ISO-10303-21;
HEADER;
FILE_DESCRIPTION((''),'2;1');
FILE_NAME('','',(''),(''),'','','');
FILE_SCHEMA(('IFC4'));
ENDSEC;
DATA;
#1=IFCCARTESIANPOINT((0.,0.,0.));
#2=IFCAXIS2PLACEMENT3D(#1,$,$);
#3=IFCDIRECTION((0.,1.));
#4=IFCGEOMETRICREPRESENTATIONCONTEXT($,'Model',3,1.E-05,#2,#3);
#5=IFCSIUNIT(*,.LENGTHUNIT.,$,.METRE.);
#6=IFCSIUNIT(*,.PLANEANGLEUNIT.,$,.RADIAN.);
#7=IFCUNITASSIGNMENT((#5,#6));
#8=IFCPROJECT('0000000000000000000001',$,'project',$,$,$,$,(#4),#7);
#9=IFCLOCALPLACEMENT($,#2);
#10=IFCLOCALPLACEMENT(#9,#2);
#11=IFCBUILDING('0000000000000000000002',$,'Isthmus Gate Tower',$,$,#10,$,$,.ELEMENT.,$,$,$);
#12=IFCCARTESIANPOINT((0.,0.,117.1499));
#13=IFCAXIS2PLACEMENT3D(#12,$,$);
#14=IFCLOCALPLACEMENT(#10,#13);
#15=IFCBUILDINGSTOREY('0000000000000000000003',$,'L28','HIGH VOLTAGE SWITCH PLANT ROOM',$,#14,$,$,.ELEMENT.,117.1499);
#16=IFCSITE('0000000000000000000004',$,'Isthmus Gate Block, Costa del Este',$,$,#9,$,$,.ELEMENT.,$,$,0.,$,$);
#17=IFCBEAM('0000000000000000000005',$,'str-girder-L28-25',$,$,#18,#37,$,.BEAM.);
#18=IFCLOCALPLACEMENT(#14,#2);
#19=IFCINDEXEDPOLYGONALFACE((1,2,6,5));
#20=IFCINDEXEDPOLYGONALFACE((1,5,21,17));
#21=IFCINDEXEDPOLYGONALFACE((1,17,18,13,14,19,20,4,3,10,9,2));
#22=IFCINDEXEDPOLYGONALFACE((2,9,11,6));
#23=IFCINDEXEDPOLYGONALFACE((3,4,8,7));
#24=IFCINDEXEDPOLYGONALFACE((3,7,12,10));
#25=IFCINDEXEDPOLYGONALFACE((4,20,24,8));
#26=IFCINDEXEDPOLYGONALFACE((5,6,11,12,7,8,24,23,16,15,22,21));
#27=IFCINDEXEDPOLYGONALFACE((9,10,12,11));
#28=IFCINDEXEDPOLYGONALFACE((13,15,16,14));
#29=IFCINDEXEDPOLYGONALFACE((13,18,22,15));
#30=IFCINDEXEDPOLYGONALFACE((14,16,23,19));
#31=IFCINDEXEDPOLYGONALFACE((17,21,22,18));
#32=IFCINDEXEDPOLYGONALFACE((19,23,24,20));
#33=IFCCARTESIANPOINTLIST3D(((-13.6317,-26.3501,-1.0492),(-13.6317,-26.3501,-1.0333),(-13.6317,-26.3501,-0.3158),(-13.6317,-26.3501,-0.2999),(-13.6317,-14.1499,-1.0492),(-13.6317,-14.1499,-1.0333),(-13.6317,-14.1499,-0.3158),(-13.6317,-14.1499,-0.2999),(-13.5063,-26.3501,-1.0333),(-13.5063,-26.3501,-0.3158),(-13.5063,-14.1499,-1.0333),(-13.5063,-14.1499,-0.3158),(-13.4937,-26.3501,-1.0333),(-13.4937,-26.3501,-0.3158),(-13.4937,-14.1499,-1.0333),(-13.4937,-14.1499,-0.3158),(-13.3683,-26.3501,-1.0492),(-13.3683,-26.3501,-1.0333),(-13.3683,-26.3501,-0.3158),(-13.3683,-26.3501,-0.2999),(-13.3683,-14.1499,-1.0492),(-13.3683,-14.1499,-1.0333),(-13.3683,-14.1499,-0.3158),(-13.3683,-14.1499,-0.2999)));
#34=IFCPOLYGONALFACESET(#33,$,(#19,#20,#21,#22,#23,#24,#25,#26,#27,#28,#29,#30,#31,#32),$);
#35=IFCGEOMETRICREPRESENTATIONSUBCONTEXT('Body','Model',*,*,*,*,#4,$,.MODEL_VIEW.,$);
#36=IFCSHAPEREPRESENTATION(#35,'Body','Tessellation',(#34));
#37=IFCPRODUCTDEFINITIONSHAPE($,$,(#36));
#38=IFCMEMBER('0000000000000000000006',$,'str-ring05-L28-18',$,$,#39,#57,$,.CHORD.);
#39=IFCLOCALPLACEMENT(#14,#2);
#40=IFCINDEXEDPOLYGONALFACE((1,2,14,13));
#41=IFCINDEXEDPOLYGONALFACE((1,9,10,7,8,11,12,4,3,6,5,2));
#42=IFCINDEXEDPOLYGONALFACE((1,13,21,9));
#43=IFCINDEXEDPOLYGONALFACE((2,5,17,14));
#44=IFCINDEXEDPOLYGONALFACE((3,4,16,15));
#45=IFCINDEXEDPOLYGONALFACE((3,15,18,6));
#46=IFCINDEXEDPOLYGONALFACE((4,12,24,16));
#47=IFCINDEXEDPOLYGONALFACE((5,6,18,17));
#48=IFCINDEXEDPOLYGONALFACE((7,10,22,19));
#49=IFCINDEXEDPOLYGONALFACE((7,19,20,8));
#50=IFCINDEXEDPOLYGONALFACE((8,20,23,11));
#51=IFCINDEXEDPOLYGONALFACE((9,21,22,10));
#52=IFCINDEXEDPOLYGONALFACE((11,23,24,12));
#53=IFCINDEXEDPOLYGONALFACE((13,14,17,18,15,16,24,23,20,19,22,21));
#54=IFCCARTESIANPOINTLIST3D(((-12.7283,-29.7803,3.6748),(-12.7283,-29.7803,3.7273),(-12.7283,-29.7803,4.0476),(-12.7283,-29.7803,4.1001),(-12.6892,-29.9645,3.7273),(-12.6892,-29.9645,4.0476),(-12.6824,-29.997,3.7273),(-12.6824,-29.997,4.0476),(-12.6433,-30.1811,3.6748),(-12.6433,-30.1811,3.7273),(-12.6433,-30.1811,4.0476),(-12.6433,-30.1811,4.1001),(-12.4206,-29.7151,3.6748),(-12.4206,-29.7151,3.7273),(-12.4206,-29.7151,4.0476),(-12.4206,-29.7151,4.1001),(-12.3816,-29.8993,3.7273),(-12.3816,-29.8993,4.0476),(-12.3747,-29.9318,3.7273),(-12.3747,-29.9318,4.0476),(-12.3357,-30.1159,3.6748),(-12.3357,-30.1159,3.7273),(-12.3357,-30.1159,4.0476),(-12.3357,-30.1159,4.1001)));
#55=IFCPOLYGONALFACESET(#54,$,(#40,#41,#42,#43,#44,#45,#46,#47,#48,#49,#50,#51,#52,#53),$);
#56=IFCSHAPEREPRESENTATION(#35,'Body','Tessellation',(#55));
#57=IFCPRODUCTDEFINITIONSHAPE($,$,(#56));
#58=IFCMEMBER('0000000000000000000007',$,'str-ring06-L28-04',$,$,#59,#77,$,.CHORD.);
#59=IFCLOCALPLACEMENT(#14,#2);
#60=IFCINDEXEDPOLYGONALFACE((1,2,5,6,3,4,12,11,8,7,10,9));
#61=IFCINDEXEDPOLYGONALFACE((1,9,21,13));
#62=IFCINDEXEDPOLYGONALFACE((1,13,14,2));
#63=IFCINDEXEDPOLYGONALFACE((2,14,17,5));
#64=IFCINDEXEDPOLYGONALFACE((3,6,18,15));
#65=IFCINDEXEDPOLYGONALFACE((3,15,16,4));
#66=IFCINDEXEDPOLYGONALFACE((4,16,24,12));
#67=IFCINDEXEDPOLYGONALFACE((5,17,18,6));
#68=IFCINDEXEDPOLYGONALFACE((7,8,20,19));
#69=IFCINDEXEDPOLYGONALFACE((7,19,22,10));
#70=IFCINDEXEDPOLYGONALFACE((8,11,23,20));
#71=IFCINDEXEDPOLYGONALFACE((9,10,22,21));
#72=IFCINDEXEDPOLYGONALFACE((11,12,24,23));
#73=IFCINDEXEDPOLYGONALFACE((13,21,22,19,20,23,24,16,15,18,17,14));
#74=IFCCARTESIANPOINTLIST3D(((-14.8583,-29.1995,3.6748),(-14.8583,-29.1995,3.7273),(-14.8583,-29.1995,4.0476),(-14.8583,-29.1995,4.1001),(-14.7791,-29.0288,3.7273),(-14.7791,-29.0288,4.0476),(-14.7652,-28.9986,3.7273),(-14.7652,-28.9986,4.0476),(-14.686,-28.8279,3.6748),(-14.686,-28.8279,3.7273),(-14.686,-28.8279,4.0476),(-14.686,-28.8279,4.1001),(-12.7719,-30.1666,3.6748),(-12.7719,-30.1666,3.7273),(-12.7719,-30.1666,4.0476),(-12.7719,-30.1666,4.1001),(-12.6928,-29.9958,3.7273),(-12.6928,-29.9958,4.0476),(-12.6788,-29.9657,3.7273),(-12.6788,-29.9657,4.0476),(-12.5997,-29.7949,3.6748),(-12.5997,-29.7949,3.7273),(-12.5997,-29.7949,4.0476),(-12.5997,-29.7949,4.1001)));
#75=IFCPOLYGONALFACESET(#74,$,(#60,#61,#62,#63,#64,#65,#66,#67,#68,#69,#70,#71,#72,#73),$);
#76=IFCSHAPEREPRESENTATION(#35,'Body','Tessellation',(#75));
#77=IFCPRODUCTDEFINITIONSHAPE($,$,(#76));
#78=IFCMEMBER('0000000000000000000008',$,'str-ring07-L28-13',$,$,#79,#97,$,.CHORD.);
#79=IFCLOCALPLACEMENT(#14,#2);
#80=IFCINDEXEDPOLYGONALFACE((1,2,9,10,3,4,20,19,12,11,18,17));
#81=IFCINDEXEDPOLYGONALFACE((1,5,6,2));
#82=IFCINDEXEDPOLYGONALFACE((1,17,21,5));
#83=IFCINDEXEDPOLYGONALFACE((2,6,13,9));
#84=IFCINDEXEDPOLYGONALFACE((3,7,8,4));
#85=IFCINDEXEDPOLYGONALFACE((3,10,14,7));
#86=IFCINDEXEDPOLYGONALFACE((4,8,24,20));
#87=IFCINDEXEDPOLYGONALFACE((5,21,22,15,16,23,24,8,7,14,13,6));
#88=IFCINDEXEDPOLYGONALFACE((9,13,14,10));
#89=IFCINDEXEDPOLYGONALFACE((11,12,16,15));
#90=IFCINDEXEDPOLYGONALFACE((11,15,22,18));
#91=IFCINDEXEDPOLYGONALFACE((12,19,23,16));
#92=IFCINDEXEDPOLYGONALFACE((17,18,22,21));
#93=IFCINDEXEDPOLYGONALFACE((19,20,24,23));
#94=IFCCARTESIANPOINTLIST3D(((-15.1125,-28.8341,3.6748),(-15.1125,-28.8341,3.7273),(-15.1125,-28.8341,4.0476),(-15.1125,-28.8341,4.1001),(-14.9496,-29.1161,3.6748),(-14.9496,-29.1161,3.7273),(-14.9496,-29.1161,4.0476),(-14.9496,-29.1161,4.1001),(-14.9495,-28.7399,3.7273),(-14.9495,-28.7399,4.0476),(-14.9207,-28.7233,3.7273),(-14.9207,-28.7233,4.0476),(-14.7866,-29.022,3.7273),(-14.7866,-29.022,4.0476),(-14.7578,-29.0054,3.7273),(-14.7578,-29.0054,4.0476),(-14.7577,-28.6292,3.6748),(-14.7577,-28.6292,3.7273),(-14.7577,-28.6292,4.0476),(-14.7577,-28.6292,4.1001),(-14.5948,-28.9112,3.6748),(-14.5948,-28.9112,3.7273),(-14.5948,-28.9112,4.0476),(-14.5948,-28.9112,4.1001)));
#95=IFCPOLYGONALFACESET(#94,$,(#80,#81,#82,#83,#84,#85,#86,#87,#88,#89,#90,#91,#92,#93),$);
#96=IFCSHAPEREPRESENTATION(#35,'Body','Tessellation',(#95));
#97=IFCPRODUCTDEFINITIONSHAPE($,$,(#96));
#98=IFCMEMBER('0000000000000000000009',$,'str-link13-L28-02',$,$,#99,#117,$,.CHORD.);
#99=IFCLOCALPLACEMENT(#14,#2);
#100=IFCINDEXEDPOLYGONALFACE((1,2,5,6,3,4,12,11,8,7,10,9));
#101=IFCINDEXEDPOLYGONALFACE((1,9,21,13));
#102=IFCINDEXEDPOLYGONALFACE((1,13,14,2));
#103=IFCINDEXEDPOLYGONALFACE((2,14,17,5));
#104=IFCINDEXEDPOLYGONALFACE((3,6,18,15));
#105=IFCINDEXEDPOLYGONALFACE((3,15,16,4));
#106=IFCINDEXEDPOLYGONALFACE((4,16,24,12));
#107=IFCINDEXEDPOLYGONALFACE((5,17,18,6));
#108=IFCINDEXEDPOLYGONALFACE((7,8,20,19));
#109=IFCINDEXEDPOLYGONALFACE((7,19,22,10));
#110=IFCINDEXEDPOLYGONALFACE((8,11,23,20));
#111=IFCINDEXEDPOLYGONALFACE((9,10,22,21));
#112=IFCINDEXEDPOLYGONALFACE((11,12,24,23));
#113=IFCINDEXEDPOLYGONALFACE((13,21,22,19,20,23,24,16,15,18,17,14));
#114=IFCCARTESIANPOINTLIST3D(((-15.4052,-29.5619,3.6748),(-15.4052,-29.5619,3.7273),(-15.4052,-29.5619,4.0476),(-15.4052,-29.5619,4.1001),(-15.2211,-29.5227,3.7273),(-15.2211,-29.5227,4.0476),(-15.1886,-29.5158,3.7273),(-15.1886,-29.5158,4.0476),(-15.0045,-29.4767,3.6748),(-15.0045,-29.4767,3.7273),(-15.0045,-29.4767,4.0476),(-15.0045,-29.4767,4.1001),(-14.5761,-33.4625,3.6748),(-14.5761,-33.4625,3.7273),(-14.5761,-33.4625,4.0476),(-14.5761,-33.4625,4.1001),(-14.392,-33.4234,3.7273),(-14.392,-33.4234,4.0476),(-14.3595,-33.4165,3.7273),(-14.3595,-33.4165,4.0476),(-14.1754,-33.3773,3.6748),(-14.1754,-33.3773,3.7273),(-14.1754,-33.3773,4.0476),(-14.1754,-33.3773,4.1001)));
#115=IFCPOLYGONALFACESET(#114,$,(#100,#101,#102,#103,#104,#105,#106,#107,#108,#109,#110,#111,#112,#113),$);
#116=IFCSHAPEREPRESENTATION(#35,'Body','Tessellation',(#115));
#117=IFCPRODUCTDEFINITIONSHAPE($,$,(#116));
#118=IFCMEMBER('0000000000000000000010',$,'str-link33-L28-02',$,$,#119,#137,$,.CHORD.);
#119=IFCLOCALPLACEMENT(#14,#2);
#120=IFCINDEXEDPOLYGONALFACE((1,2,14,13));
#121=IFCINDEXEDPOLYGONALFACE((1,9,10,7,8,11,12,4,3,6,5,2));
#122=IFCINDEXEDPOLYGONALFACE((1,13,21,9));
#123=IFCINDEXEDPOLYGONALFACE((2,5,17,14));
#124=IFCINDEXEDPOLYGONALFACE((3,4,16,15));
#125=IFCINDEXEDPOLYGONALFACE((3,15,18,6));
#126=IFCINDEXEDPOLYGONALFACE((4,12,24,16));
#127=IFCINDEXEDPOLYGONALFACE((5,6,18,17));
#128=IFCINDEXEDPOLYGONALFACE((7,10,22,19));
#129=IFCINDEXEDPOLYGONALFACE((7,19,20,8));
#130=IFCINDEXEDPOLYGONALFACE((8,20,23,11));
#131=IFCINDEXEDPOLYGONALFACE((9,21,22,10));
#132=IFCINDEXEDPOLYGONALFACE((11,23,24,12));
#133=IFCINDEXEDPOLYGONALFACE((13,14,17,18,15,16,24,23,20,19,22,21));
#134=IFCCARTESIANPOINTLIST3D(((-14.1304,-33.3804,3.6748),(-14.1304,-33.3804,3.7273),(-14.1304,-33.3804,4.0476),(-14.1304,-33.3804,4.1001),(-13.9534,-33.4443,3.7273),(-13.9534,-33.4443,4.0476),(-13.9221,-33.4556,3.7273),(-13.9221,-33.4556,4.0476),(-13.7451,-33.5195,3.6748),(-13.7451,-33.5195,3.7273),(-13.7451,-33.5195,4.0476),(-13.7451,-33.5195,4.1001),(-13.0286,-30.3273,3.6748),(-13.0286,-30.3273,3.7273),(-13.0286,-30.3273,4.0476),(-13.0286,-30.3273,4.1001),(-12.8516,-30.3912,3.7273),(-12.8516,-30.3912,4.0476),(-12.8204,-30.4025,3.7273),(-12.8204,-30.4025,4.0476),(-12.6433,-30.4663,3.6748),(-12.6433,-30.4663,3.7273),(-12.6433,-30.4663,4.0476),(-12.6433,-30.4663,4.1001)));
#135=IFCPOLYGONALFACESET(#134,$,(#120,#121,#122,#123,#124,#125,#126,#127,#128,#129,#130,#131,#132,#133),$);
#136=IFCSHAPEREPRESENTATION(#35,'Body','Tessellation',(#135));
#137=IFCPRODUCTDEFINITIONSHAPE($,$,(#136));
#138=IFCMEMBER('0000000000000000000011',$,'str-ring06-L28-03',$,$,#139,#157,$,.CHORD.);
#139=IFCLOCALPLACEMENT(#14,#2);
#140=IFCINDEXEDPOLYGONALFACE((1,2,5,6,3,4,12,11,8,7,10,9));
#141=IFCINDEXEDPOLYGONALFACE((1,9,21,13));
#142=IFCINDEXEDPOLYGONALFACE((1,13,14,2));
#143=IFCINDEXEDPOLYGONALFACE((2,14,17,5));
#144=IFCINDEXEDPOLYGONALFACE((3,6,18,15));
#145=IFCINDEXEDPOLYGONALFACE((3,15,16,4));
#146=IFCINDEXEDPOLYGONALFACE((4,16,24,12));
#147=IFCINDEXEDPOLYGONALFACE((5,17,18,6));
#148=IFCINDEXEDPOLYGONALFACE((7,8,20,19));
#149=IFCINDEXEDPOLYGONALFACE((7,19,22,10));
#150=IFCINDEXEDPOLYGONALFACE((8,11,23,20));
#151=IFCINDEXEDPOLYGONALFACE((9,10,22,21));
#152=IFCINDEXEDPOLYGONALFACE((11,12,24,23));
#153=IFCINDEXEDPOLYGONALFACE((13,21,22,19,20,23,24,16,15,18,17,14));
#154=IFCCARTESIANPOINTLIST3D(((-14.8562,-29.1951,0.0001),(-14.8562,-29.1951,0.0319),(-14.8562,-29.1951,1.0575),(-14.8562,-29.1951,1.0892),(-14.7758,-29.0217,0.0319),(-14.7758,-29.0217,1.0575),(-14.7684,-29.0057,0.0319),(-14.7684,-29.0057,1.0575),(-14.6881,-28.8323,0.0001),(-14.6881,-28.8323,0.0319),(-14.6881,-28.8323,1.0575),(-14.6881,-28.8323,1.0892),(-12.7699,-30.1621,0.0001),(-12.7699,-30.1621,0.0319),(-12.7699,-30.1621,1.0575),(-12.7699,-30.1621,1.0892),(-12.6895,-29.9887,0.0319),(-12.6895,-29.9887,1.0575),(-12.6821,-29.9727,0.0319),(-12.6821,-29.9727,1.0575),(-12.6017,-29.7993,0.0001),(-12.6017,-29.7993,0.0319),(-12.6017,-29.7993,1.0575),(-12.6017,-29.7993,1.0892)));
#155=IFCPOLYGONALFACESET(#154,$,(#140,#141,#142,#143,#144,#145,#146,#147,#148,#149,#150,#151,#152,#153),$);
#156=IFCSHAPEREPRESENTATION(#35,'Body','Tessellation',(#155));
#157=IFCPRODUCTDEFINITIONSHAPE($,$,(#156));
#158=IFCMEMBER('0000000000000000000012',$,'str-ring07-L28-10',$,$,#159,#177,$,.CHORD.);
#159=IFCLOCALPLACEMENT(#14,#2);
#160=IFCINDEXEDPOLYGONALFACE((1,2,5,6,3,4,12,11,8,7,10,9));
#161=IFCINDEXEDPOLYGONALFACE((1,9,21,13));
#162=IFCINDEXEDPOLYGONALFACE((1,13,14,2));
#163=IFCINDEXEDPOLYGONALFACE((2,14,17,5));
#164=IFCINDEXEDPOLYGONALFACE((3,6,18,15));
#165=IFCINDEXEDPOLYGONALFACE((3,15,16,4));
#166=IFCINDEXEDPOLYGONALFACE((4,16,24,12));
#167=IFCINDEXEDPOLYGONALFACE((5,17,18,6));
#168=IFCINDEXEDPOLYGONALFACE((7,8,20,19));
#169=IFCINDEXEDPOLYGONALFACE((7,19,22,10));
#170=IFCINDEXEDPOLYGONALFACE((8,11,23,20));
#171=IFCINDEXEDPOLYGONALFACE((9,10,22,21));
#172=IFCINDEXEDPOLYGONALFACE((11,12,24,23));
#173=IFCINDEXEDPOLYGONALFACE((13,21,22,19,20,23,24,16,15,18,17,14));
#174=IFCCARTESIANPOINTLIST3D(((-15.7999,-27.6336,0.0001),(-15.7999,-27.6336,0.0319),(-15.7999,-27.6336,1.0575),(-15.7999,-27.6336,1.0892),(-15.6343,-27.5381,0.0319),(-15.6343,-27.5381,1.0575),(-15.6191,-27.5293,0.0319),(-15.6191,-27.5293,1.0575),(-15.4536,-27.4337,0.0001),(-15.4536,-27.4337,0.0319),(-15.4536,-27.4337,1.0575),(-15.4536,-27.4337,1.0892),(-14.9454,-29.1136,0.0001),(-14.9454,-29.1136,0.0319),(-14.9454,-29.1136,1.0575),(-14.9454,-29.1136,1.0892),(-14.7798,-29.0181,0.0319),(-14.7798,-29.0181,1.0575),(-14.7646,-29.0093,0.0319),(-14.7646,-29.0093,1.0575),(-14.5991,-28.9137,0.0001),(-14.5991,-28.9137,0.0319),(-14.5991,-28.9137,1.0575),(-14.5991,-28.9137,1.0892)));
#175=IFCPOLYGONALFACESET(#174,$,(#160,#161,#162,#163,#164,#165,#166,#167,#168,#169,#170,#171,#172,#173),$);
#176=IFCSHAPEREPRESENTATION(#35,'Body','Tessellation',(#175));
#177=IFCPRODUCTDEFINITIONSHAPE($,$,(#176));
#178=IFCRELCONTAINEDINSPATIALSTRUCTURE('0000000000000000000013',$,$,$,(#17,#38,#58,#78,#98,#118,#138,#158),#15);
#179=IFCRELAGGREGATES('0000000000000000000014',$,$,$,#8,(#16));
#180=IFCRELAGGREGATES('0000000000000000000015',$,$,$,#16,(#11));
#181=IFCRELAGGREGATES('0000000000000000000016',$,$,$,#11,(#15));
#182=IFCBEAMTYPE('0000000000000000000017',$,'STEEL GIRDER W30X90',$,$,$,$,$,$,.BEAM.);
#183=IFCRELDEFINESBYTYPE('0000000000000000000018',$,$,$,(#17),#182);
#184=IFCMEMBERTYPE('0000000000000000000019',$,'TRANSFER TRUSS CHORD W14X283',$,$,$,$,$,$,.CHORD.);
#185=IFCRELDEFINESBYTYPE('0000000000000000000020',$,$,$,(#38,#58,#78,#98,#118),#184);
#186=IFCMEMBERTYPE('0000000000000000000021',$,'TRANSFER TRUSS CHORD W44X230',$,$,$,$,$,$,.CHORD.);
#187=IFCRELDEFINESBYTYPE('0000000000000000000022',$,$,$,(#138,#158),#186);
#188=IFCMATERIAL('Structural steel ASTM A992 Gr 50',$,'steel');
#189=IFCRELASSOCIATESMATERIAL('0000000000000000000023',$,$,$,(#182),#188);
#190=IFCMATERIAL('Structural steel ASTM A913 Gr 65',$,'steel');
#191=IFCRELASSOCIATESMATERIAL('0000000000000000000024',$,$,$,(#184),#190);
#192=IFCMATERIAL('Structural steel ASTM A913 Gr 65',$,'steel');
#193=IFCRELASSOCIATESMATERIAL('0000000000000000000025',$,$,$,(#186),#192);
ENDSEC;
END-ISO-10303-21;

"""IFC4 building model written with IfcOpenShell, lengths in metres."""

from ifc_helpers import new_model, si_unit, direction, frame, origin, origin_2d, place, context, subcontext, project, spatial, i_section, extrude, material, material_profile, profile_set, type_object, element, save


model = new_model("IFC4")

# Units and contexts
model_context = context("Model", 3, precision=1e-05, world=origin(), true_north=direction((0.0, 1.0)))
body_context = subcontext(model_context, "Body", "Model", "MODEL_VIEW")
ifc_project = project(units=[si_unit("LENGTHUNIT", "METRE"), si_unit("PLANEANGLEUNIT", "RADIAN")], contexts=[model_context])

# Site, building, storey
site_placement = place(None, origin())
site = spatial("IfcSite", under=ifc_project, at=site_placement, Name="Isthmus Gate Block, Costa del Este", CompositionType="ELEMENT", RefElevation=0.0)
building_placement = place(site_placement, origin())
building = spatial("IfcBuilding", under=site, at=building_placement, Name="Isthmus Gate Tower", CompositionType="ELEMENT")
storey_placement = place(building_placement, frame((0.0, 0.0, 117.1499)))
storey = spatial("IfcBuildingStorey", under=building, at=storey_placement, Name="L28", Description="HIGH VOLTAGE SWITCH PLANT ROOM", CompositionType="ELEMENT", Elevation=117.1499)

# Beam
ifc_material_1 = material(Name="Structural steel ASTM A992 Gr 50", Category="steel")
ifc_material_profile_1 = material_profile(ifc_material_1, i_section(OverallWidth=0.2634, OverallDepth=0.7493, WebThickness=0.0127, FlangeThickness=0.0159, at=origin_2d()), Name="W30X90")
ifc_profile_set_1 = profile_set([ifc_material_profile_1], Name="Structural steel ASTM A992 Gr 50")
beam_type_1 = type_object("IfcBeamType", Name="STEEL GIRDER W30X90", PredefinedType="BEAM", material=ifc_profile_set_1)
beam_1_placement = place(storey_placement, frame((-13.5, -26.3501, -0.6746), z_axis=(0.0, 1.0, 0.0), x_axis=(-1.0, 0.0, 0.0)))
element("IfcBeam", 1, at=beam_1_placement, inside=storey, type_object=beam_type_1, Name="str-girder-L28-25", PredefinedType="BEAM", context=body_context, shape_type="SweptSolid", body=[
    extrude(i_section(OverallWidth=0.2634, OverallDepth=0.7493, WebThickness=0.0127, FlangeThickness=0.0159, at=origin_2d()), origin(), (0.0, 0.0, 1.0), 12.2002),
])

# Members
ifc_material_2 = material(Name="Structural steel ASTM A913 Gr 65", Category="steel")
ifc_material_profile_2 = material_profile(ifc_material_2, i_section(OverallWidth=0.4097, OverallDepth=0.4253, WebThickness=0.0332, FlangeThickness=0.0525, at=origin_2d()), Name="W14X283")
ifc_profile_set_2 = profile_set([ifc_material_profile_2], Name="Structural steel ASTM A913 Gr 65")
member_type_1 = type_object("IfcMemberType", Name="TRANSFER TRUSS CHORD W14X283", PredefinedType="CHORD", material=ifc_profile_set_2)
member_1_placement = place(storey_placement, frame((-12.3782, -29.9155, 3.8875), z_axis=(-0.978277, -0.207302, 0.0), x_axis=(0.207302, -0.978277, 0.0)))
element("IfcMember", 2, at=member_1_placement, inside=storey, type_object=member_type_1, Name="str-ring05-L28-18", PredefinedType="CHORD", context=body_context, shape_type="SweptSolid", body=[
    extrude(i_section(OverallWidth=0.4097, OverallDepth=0.4253, WebThickness=0.0332, FlangeThickness=0.0525, at=origin_2d()), origin(), (0.0, 0.0, 1.0), 0.3145),
])
member_2_placement = place(storey_placement, frame((-12.6858, -29.9807, 3.8875), z_axis=(-0.907284, 0.420519, 0.0), x_axis=(-0.420519, -0.907284, 0.0)))
element("IfcMember", 3, at=member_2_placement, inside=storey, type_object=member_type_1, Name="str-ring06-L28-04", PredefinedType="CHORD", context=body_context, shape_type="SweptSolid", body=[
    extrude(i_section(OverallWidth=0.4097, OverallDepth=0.4253, WebThickness=0.0332, FlangeThickness=0.0525, at=origin_2d()), origin(), (0.0, 0.0, 1.0), 2.2996),
])
member_3_placement = place(storey_placement, frame((-14.7722, -29.0137, 3.8875), z_axis=(-0.50009, 0.865973, 0.0), x_axis=(-0.865973, -0.50009, 0.0)))
element("IfcMember", 4, at=member_3_placement, inside=storey, type_object=member_type_1, Name="str-ring07-L28-13", PredefinedType="CHORD", context=body_context, shape_type="SweptSolid", body=[
    extrude(i_section(OverallWidth=0.4097, OverallDepth=0.4253, WebThickness=0.0332, FlangeThickness=0.0525, at=origin_2d()), origin(), (0.0, 0.0, 1.0), 0.3257),
])
member_4_placement = place(storey_placement, frame((-14.3757, -33.4199, 3.8875), z_axis=(-0.207911, 0.978148, 0.0), x_axis=(-0.978148, -0.207911, 0.0)))
element("IfcMember", 5, at=member_4_placement, inside=storey, type_object=member_type_1, Name="str-link13-L28-02", PredefinedType="CHORD", context=body_context, shape_type="SweptSolid", body=[
    extrude(i_section(OverallWidth=0.4097, OverallDepth=0.4253, WebThickness=0.0332, FlangeThickness=0.0525, at=origin_2d()), origin(), (0.0, 0.0, 1.0), 3.9878),
])
member_5_placement = place(storey_placement, frame((-13.9377, -33.45, 3.8875), z_axis=(0.339441, 0.940627, 0.0), x_axis=(-0.940627, 0.339441, 0.0)))
element("IfcMember", 6, at=member_5_placement, inside=storey, type_object=member_type_1, Name="str-link33-L28-02", PredefinedType="CHORD", context=body_context, shape_type="SweptSolid", body=[
    extrude(i_section(OverallWidth=0.4097, OverallDepth=0.4253, WebThickness=0.0332, FlangeThickness=0.0525, at=origin_2d()), origin(), (0.0, 0.0, 1.0), 3.2458),
])
ifc_material_3 = material(Name="Structural steel ASTM A913 Gr 65", Category="steel")
ifc_material_profile_3 = material_profile(ifc_material_3, i_section(OverallWidth=0.3999, OverallDepth=1.0891, WebThickness=0.0176, FlangeThickness=0.0317, at=origin_2d()), Name="W44X230")
ifc_profile_set_3 = profile_set([ifc_material_profile_3], Name="Structural steel ASTM A913 Gr 65")
member_type_2 = type_object("IfcMemberType", Name="TRANSFER TRUSS CHORD W44X230", PredefinedType="CHORD", material=ifc_profile_set_3)
member_6_placement = place(storey_placement, frame((-12.6858, -29.9807, 0.5447), z_axis=(-0.907284, 0.420519, 0.0), x_axis=(-0.420519, -0.907284, 0.0)))
element("IfcMember", 7, at=member_6_placement, inside=storey, type_object=member_type_2, Name="str-ring06-L28-03", PredefinedType="CHORD", context=body_context, shape_type="SweptSolid", body=[
    extrude(i_section(OverallWidth=0.3999, OverallDepth=1.0891, WebThickness=0.0176, FlangeThickness=0.0317, at=origin_2d()), origin(), (0.0, 0.0, 1.0), 2.2996),
])
member_7_placement = place(storey_placement, frame((-14.7722, -29.0137, 0.5447), z_axis=(-0.500011, 0.866019, 0.0), x_axis=(-0.866019, -0.500011, 0.0)))
element("IfcMember", 8, at=member_7_placement, inside=storey, type_object=member_type_2, Name="str-ring07-L28-10", PredefinedType="CHORD", context=body_context, shape_type="SweptSolid", body=[
    extrude(i_section(OverallWidth=0.3999, OverallDepth=1.0891, WebThickness=0.0176, FlangeThickness=0.0317, at=origin_2d()), origin(), (0.0, 0.0, 1.0), 1.709),
])

save(model, "model.ifc")
